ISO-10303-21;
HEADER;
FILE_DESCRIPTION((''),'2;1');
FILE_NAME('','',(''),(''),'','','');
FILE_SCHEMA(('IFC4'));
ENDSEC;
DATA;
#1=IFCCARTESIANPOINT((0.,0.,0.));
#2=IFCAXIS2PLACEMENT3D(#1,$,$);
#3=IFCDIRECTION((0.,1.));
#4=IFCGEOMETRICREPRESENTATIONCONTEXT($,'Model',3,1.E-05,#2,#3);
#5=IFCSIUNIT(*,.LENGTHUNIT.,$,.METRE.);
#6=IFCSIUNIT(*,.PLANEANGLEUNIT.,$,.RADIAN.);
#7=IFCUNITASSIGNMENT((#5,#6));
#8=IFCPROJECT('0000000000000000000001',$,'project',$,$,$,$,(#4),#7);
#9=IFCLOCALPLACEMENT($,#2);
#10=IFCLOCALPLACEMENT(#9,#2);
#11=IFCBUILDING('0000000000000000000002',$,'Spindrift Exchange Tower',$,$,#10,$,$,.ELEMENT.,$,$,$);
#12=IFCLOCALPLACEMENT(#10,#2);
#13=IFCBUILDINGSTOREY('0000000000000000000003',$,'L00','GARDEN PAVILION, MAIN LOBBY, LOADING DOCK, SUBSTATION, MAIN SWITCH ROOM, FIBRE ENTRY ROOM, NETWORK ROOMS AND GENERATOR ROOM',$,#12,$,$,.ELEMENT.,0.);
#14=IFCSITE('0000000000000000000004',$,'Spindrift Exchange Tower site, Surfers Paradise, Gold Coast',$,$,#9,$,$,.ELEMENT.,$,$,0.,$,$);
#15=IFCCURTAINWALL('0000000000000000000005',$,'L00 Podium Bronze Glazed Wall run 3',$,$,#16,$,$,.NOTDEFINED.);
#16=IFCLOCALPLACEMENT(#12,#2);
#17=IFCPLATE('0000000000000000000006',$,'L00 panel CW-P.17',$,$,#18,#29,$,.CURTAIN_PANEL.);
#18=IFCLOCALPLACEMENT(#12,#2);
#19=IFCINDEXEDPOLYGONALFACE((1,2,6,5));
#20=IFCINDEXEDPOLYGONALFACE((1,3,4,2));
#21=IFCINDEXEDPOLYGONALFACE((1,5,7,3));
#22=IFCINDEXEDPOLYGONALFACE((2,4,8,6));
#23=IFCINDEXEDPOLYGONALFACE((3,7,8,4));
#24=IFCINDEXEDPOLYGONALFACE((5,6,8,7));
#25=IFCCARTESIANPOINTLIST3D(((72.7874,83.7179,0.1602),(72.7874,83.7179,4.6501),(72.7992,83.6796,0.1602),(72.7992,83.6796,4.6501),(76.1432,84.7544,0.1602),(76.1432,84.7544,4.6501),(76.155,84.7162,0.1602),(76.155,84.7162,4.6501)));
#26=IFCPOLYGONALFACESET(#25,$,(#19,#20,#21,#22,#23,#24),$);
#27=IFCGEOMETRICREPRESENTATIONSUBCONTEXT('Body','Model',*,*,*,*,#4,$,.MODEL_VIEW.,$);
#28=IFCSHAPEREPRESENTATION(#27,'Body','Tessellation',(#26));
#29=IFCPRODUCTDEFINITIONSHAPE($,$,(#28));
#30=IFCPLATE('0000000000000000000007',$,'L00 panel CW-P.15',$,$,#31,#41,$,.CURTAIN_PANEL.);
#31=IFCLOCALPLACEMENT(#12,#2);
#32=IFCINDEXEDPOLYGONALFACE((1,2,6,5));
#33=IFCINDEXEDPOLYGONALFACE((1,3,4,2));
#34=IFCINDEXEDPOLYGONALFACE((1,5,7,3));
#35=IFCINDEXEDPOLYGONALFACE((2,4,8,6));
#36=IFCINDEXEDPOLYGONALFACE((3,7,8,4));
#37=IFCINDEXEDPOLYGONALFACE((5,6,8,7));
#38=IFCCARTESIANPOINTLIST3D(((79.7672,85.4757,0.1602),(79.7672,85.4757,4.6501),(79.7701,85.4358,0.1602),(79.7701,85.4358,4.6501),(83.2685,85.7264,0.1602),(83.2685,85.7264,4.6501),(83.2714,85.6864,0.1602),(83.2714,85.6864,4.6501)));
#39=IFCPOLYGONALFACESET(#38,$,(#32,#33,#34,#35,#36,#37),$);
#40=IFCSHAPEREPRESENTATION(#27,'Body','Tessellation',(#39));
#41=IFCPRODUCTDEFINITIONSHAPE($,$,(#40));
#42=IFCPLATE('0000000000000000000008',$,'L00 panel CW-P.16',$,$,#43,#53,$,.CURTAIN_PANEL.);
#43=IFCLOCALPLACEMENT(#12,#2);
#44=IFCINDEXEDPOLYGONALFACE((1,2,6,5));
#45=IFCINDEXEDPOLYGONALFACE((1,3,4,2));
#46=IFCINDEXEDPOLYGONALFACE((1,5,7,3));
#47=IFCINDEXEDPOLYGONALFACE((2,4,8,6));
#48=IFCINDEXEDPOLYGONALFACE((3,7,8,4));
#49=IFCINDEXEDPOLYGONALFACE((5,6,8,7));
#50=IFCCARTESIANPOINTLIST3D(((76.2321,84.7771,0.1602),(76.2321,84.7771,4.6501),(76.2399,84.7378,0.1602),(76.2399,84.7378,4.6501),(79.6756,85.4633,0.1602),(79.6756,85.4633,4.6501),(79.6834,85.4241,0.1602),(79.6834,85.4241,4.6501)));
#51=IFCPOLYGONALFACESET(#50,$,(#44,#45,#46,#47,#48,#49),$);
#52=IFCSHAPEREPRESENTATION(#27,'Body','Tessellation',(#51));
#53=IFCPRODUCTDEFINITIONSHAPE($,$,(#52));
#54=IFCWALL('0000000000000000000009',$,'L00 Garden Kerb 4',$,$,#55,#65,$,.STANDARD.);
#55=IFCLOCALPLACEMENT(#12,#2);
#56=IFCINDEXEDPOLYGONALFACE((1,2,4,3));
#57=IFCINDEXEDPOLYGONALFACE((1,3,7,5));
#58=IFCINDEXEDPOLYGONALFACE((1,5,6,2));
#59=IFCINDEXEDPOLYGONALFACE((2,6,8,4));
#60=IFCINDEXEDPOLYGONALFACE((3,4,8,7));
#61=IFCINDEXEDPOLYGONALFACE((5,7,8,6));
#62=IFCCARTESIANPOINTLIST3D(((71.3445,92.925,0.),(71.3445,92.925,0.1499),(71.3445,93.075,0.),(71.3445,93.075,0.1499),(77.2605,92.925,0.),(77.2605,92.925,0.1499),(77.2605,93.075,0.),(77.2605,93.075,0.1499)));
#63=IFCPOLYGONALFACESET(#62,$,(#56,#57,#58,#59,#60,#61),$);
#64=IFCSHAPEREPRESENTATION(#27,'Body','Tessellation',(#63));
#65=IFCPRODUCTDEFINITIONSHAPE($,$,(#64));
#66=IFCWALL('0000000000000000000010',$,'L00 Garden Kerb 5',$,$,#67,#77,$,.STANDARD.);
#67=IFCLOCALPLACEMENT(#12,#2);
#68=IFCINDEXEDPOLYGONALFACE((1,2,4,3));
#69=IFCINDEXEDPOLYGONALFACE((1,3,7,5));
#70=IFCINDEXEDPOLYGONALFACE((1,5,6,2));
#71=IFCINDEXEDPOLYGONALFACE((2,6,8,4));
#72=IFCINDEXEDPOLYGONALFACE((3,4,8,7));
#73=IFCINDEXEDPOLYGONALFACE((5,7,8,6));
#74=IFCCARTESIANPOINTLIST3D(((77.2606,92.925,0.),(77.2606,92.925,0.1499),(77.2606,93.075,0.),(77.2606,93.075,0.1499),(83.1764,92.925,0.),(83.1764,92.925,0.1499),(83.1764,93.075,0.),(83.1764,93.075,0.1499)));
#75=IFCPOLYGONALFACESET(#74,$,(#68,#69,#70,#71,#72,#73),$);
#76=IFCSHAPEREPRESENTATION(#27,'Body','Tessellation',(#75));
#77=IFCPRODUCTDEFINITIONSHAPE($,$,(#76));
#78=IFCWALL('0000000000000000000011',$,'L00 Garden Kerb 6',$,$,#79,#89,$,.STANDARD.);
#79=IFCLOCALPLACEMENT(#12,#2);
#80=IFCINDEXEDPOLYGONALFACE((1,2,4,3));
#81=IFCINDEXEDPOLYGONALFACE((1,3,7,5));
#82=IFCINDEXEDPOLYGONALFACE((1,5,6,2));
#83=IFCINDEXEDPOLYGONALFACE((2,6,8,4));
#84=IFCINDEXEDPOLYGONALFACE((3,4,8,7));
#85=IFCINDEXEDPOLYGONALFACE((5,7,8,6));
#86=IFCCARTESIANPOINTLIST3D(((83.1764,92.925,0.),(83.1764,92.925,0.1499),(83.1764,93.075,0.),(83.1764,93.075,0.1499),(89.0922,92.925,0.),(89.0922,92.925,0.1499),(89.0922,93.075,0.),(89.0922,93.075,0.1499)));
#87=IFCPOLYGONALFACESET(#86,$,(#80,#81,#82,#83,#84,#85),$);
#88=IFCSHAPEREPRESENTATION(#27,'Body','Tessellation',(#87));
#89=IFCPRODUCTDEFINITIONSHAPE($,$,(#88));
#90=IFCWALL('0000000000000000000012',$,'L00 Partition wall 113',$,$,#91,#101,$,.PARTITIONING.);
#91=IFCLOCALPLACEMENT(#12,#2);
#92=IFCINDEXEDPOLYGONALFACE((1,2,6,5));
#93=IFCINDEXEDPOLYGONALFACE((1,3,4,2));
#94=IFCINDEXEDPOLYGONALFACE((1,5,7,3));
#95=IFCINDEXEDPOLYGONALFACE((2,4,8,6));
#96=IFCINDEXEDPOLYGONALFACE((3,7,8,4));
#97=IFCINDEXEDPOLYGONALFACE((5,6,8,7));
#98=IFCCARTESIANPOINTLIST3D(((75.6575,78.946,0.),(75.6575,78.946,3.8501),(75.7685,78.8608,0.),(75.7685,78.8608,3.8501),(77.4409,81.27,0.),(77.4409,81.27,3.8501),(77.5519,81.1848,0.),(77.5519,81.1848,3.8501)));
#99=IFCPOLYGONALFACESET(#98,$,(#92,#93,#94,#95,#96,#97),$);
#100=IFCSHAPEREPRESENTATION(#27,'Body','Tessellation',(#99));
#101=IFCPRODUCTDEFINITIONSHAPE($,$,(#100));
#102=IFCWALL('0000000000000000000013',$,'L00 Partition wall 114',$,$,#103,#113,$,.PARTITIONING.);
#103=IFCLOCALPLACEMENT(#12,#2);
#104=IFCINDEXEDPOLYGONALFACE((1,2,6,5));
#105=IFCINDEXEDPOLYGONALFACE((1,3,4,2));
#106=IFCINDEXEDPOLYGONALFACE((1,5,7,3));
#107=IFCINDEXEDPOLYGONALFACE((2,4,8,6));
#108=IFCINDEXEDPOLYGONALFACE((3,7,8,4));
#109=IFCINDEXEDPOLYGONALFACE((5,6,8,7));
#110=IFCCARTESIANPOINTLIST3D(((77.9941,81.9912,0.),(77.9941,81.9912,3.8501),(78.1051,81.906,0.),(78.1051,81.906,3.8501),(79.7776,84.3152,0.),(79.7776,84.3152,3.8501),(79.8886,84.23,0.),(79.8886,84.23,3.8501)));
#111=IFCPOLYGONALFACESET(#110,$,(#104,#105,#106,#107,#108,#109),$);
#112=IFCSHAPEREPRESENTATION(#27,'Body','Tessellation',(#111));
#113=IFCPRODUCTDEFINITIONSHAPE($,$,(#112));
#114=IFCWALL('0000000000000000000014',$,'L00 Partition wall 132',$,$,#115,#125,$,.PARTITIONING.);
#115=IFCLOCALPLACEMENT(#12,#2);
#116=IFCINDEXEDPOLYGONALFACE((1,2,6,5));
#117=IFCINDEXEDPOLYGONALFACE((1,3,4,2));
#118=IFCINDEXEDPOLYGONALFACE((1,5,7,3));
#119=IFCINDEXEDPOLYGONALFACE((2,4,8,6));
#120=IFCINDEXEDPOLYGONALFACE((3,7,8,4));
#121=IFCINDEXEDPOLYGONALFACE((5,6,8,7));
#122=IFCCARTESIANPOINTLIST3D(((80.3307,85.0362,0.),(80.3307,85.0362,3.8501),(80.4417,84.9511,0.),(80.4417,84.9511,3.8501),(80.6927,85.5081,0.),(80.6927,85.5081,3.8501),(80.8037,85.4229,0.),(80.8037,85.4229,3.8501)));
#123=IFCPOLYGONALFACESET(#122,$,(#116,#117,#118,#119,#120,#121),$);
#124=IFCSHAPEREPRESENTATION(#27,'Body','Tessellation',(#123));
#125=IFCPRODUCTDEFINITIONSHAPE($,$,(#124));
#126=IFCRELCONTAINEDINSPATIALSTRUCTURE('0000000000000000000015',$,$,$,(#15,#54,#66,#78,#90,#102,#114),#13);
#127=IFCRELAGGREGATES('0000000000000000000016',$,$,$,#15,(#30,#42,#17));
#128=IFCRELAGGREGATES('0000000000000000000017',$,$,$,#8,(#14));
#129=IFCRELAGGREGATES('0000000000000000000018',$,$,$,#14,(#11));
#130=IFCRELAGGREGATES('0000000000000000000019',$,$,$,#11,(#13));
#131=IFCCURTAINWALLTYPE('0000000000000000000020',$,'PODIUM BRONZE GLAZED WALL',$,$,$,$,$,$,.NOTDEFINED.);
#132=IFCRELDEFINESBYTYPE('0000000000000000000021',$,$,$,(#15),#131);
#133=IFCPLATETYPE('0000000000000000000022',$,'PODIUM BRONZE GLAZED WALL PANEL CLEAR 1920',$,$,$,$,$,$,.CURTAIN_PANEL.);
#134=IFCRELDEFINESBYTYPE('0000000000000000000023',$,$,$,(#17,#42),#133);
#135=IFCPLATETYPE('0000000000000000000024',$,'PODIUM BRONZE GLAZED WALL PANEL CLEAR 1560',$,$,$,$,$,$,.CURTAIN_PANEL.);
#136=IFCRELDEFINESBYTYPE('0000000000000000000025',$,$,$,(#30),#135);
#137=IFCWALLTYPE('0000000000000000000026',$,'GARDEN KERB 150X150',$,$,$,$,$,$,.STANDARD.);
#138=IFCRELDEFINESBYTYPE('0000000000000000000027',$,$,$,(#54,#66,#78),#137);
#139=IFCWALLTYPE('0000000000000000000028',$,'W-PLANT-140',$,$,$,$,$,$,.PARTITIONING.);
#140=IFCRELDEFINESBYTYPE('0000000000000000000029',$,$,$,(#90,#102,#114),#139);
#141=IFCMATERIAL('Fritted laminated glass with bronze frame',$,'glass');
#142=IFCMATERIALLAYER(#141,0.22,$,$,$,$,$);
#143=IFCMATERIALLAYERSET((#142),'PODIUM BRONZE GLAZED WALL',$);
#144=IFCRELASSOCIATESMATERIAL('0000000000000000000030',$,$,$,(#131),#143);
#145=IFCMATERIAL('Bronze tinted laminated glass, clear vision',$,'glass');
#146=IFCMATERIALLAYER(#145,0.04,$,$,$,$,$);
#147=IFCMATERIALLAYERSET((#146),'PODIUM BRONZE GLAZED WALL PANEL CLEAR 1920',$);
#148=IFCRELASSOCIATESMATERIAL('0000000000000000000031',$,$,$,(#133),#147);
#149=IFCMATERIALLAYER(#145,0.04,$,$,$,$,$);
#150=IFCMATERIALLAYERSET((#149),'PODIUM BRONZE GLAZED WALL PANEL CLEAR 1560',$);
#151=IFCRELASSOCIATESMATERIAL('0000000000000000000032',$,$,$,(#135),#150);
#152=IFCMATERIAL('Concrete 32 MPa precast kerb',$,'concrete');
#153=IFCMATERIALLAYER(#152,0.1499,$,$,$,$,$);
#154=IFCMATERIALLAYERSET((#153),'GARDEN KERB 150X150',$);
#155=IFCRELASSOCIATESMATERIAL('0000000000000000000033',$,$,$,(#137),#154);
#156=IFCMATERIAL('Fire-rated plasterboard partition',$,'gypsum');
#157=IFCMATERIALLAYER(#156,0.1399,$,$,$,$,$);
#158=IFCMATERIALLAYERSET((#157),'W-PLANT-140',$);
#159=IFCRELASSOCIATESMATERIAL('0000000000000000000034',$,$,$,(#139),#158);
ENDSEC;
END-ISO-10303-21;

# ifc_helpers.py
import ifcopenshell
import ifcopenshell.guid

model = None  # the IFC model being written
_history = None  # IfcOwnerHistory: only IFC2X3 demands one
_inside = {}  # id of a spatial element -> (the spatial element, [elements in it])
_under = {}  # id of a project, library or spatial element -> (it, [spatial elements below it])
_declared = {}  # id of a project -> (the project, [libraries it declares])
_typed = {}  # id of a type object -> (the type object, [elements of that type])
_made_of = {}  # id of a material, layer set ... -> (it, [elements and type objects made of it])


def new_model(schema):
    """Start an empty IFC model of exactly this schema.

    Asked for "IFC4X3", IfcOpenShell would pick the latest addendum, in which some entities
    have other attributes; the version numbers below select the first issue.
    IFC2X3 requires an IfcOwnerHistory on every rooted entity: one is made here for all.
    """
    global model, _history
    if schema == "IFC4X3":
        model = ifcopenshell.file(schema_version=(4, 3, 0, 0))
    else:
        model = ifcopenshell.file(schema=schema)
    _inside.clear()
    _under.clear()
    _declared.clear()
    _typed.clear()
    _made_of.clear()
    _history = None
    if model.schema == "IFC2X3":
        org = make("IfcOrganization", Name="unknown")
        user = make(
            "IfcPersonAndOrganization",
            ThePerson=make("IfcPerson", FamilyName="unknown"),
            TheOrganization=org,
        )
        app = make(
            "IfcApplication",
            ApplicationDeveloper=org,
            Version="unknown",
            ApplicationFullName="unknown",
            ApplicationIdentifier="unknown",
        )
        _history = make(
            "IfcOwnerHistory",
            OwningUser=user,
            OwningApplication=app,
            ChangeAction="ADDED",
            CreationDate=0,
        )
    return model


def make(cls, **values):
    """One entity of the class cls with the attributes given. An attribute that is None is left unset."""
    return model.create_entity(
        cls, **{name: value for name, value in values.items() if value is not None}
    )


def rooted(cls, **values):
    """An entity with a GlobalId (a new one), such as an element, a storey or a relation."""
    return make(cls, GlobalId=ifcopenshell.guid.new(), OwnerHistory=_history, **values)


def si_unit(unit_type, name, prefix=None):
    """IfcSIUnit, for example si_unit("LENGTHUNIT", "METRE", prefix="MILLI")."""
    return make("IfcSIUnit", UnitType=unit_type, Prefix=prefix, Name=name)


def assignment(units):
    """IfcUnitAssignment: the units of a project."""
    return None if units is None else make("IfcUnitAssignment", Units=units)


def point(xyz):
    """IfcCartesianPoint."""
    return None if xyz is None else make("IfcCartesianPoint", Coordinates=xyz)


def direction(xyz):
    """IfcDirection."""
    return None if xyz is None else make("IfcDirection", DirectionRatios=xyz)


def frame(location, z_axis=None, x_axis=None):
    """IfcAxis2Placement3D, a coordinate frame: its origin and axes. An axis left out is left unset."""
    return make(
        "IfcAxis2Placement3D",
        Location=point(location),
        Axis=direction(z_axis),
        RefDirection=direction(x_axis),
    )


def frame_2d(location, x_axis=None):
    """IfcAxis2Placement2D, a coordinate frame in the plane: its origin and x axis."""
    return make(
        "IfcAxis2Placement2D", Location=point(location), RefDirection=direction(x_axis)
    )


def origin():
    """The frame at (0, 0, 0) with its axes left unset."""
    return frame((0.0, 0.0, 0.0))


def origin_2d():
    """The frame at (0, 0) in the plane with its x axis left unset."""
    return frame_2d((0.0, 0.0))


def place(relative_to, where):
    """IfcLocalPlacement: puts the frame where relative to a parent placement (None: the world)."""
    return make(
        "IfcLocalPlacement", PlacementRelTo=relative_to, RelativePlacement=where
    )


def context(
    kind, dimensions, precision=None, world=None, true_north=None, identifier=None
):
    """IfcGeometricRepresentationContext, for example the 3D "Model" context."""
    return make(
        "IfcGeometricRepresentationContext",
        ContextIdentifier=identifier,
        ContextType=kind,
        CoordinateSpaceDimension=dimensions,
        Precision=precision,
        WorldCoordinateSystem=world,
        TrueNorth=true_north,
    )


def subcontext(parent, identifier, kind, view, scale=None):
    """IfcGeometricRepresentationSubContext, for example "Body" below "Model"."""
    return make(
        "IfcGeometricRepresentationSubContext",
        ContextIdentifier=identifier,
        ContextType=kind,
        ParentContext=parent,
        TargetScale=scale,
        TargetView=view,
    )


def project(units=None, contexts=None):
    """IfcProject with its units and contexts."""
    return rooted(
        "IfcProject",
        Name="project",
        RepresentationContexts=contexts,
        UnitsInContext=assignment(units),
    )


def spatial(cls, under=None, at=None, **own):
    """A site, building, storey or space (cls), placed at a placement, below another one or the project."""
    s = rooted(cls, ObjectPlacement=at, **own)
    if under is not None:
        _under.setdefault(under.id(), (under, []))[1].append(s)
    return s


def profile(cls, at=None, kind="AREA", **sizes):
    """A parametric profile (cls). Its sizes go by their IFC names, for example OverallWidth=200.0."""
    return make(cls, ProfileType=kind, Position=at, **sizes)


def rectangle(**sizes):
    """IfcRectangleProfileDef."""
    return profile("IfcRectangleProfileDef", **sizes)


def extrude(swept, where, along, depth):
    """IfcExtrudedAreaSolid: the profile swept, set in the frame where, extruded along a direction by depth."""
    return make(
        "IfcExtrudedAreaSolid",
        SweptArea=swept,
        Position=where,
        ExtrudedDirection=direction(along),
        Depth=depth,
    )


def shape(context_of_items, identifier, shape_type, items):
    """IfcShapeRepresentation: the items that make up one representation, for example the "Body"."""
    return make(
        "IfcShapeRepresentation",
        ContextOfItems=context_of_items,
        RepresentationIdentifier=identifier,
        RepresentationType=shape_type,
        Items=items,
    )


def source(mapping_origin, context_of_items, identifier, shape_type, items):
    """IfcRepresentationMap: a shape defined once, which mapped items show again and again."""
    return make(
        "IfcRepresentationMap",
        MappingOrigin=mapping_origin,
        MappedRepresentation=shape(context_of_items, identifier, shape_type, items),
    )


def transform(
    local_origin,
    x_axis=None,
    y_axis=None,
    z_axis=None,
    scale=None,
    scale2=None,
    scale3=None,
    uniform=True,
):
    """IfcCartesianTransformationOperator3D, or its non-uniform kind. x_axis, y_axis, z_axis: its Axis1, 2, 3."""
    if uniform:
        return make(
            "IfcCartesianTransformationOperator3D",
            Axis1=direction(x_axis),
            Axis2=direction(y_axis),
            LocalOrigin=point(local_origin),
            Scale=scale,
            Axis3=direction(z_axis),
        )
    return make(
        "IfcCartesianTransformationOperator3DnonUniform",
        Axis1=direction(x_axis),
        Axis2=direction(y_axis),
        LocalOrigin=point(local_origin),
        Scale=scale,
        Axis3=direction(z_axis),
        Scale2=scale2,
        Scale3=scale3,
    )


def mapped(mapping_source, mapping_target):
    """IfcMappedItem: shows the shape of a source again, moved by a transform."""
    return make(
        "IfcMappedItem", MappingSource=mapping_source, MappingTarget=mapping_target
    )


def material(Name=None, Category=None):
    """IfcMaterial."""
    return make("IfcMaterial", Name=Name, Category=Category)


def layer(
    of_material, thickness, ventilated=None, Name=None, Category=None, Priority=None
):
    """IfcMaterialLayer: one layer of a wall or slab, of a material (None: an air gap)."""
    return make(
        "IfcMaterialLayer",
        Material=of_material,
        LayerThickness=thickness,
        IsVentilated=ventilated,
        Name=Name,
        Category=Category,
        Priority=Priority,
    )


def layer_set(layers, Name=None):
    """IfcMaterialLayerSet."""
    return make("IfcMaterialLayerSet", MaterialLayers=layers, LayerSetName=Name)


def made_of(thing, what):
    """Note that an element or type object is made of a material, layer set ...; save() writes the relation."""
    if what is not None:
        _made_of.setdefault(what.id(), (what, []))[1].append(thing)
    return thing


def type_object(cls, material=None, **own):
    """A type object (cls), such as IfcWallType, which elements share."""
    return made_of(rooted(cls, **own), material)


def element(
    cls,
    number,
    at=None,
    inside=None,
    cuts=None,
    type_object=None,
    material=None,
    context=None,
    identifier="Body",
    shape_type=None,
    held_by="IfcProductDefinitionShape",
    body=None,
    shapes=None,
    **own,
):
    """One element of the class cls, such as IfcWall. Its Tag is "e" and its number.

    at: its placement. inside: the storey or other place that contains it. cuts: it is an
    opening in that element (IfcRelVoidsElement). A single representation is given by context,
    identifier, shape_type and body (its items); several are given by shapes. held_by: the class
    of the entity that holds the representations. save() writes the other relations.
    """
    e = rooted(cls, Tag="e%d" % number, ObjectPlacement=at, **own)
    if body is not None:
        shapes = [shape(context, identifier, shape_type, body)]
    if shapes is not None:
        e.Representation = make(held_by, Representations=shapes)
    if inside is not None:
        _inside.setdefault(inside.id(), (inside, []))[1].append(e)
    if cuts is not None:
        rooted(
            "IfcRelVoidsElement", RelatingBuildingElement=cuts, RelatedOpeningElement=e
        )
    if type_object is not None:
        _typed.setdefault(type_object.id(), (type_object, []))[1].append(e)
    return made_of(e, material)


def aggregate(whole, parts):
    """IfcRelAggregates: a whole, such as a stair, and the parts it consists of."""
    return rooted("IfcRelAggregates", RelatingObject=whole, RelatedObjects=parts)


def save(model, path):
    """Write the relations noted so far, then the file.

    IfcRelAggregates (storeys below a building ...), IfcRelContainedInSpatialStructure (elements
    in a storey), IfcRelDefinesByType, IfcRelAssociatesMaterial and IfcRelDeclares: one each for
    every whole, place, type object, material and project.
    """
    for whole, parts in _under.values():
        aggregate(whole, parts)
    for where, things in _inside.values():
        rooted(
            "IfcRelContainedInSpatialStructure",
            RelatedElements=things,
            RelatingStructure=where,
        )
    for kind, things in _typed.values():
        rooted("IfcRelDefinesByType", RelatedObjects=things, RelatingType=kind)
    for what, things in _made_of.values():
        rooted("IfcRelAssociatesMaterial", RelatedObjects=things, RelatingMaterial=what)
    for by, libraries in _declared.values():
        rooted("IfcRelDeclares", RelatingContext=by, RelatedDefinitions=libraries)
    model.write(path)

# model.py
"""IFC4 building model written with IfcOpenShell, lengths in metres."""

from ifc_helpers import new_model, si_unit, direction, frame, frame_2d, origin, origin_2d, place, context, subcontext, project, spatial, rectangle, extrude, source, transform, mapped, material, layer, layer_set, type_object, element, aggregate, save


model = new_model("IFC4")

# Units and contexts
model_context = context("Model", 3, precision=1e-05, world=origin(), true_north=direction((0.0, 1.0)))
body_context = subcontext(model_context, "Body", "Model", "MODEL_VIEW")
ifc_project = project(units=[si_unit("LENGTHUNIT", "METRE"), si_unit("PLANEANGLEUNIT", "RADIAN")], contexts=[model_context])

# Site, building, storey
site_placement = place(None, origin())
site = spatial("IfcSite", under=ifc_project, at=site_placement, Name="Spindrift Exchange Tower site, Surfers Paradise, Gold Coast", CompositionType="ELEMENT", RefElevation=0.0)
building_placement = place(site_placement, origin())
building = spatial("IfcBuilding", under=site, at=building_placement, Name="Spindrift Exchange Tower", CompositionType="ELEMENT")
storey_placement = place(building_placement, origin())
storey = spatial("IfcBuildingStorey", under=building, at=storey_placement, Name="L00", Description="GARDEN PAVILION, MAIN LOBBY, LOADING DOCK, SUBSTATION, MAIN SWITCH ROOM, FIBRE ENTRY ROOM, NETWORK ROOMS AND GENERATOR ROOM", CompositionType="ELEMENT", Elevation=0.0)

# Curtain wall, plates
ifc_material_1 = material(Name="Fritted laminated glass with bronze frame", Category="glass")
ifc_layer_1 = layer(ifc_material_1, 0.22)
ifc_layer_set_1 = layer_set([ifc_layer_1], Name="PODIUM BRONZE GLAZED WALL")
curtain_wall_type = type_object("IfcCurtainWallType", Name="PODIUM BRONZE GLAZED WALL", PredefinedType="NOTDEFINED", material=ifc_layer_set_1)
curtain_wall_placement = place(storey_placement, origin())
curtain_wall = element("IfcCurtainWall", 1, at=curtain_wall_placement, inside=storey, type_object=curtain_wall_type, Name="L00 Podium Bronze Glazed Wall run 3", PredefinedType="NOTDEFINED")
ifc_material_2 = material(Name="Bronze tinted laminated glass, clear vision", Category="glass")
ifc_layer_2 = layer(ifc_material_2, 0.04)
ifc_layer_set_2 = layer_set([ifc_layer_2], Name="PODIUM BRONZE GLAZED WALL PANEL CLEAR 1920")
plate_type_1 = type_object("IfcPlateType", Name="PODIUM BRONZE GLAZED WALL PANEL CLEAR 1920", PredefinedType="CURTAIN_PANEL", material=ifc_layer_set_2)
shared_shape_1 = source(origin(), body_context, "Body", "SweptSolid", [
    extrude(rectangle(XDim=3.5122, YDim=0.04, at=origin_2d()), origin(), (0.0, 0.0, 1.0), 4.49),
])
plate_1_placement = place(storey_placement, frame((74.4712, 84.217, 0.1602), z_axis=(0.0, 0.0, 1.0), x_axis=(-0.955457, -0.295129, 0.0)))
plate_1 = element("IfcPlate", 2, at=plate_1_placement, type_object=plate_type_1, Name="L00 panel CW-P.17", PredefinedType="CURTAIN_PANEL", context=body_context, shape_type="MappedRepresentation", body=[
    mapped(shared_shape_1, transform((0.0, 0.0, 0.0), scale=1.0)),
])
ifc_layer_3 = layer(ifc_material_2, 0.04)
ifc_layer_set_3 = layer_set([ifc_layer_3], Name="PODIUM BRONZE GLAZED WALL PANEL CLEAR 1560")
plate_type_2 = type_object("IfcPlateType", Name="PODIUM BRONZE GLAZED WALL PANEL CLEAR 1560", PredefinedType="CURTAIN_PANEL", material=ifc_layer_set_3)
shared_shape_2 = source(origin(), body_context, "Body", "SweptSolid", [
    extrude(rectangle(XDim=3.5103, YDim=0.04, at=origin_2d()), origin(), (0.0, 0.0, 1.0), 4.49),
])
plate_2_placement = place(storey_placement, frame((81.5193, 85.5811, 0.1602), z_axis=(0.0, 0.0, 1.0), x_axis=(-0.997447, -0.07141, 0.0)))
plate_2 = element("IfcPlate", 3, at=plate_2_placement, type_object=plate_type_2, Name="L00 panel CW-P.15", PredefinedType="CURTAIN_PANEL", context=body_context, shape_type="MappedRepresentation", body=[
    mapped(shared_shape_2, transform((0.0, 0.0, 0.0), scale=1.0)),
])
shared_shape_3 = source(origin(), body_context, "Body", "SweptSolid", [
    extrude(rectangle(XDim=3.5112, YDim=0.04, at=origin_2d()), origin(), (0.0, 0.0, 1.0), 4.49),
])
plate_3_placement = place(storey_placement, frame((77.9578, 85.1006, 0.1602), z_axis=(0.0, 0.0, 1.0), x_axis=(-0.980717, -0.195433, 0.0)))
plate_3 = element("IfcPlate", 4, at=plate_3_placement, type_object=plate_type_1, Name="L00 panel CW-P.16", PredefinedType="CURTAIN_PANEL", context=body_context, shape_type="MappedRepresentation", body=[
    mapped(shared_shape_3, transform((0.0, 0.0, 0.0), scale=1.0)),
])
aggregate(curtain_wall, [plate_2, plate_3, plate_1])

# Walls
ifc_material_3 = material(Name="Concrete 32 MPa precast kerb", Category="concrete")
ifc_layer_4 = layer(ifc_material_3, 0.1499)
ifc_layer_set_4 = layer_set([ifc_layer_4], Name="GARDEN KERB 150X150")
wall_type_1 = type_object("IfcWallType", Name="GARDEN KERB 150X150", PredefinedType="STANDARD", material=ifc_layer_set_4)
wall_1_placement = place(storey_placement, frame((71.3445, 93.0, 0.0), z_axis=(0.0, 0.0, 1.0), x_axis=(1.0, 0.0, 0.0)))
element("IfcWall", 5, at=wall_1_placement, inside=storey, type_object=wall_type_1, Name="L00 Garden Kerb 4", PredefinedType="STANDARD", context=body_context, shape_type="SweptSolid", body=[
    extrude(rectangle(XDim=5.916, YDim=0.1499, at=frame_2d((2.958, 0.0))), origin(), (0.0, 0.0, 1.0), 0.1499),
])
for number, where, z_axis, x_axis, name in (
    (6, (77.2605, 93.0, 0.0), (0.0, 0.0, 1.0), (1.0, 0.0, 0.0), "L00 Garden Kerb 5"),
    (7, (83.1763, 93.0, 0.0), (0.0, 0.0, 1.0), (1.0, 0.0, 0.0), "L00 Garden Kerb 6"),
):
    element("IfcWall", number, at=place(storey_placement, frame(where, z_axis=z_axis, x_axis=x_axis)), inside=storey, type_object=wall_type_1, Name=name, PredefinedType="STANDARD", context=body_context, shape_type="SweptSolid", body=[
        extrude(rectangle(XDim=5.9158, YDim=0.1499, at=frame_2d((2.958, 0.0))), origin(), (0.0, 0.0, 1.0), 0.1499),
    ])
ifc_material_4 = material(Name="Fire-rated plasterboard partition", Category="gypsum")
ifc_layer_5 = layer(ifc_material_4, 0.1399)
ifc_layer_set_5 = layer_set([ifc_layer_5], Name="W-PLANT-140")
wall_type_2 = type_object("IfcWallType", Name="W-PLANT-140", PredefinedType="PARTITIONING", material=ifc_layer_set_5)
for number, where, z_axis, x_axis, name in (
    (8, (75.7129, 78.9033, 0.0), (0.0, 0.0, 1.0), (0.608804, 0.793321, 0.0), "L00 Partition wall 113"),
    (9, (78.0496, 81.9485, 0.0), (0.0, 0.0, 1.0), (0.608804, 0.793321, 0.0), "L00 Partition wall 114"),
):
    element("IfcWall", number, at=place(storey_placement, frame(where, z_axis=z_axis, x_axis=x_axis)), inside=storey, type_object=wall_type_2, Name=name, PredefinedType="PARTITIONING", context=body_context, shape_type="SweptSolid", body=[
        extrude(rectangle(XDim=2.9294, YDim=0.1399, at=frame_2d((1.4648, 0.0))), origin(), (0.0, 0.0, 1.0), 3.8501),
    ])
wall_2_placement = place(storey_placement, frame((80.3862, 84.9937, 0.0), z_axis=(0.0, 0.0, 1.0), x_axis=(0.608699, 0.793402, 0.0)))
element("IfcWall", 10, at=wall_2_placement, inside=storey, type_object=wall_type_2, Name="L00 Partition wall 132", PredefinedType="PARTITIONING", context=body_context, shape_type="SweptSolid", body=[
    extrude(rectangle(XDim=0.5947, YDim=0.1399, at=frame_2d((0.2974, 0.0))), origin(), (0.0, 0.0, 1.0), 3.8501),
])

save(model, "model.ifc")
